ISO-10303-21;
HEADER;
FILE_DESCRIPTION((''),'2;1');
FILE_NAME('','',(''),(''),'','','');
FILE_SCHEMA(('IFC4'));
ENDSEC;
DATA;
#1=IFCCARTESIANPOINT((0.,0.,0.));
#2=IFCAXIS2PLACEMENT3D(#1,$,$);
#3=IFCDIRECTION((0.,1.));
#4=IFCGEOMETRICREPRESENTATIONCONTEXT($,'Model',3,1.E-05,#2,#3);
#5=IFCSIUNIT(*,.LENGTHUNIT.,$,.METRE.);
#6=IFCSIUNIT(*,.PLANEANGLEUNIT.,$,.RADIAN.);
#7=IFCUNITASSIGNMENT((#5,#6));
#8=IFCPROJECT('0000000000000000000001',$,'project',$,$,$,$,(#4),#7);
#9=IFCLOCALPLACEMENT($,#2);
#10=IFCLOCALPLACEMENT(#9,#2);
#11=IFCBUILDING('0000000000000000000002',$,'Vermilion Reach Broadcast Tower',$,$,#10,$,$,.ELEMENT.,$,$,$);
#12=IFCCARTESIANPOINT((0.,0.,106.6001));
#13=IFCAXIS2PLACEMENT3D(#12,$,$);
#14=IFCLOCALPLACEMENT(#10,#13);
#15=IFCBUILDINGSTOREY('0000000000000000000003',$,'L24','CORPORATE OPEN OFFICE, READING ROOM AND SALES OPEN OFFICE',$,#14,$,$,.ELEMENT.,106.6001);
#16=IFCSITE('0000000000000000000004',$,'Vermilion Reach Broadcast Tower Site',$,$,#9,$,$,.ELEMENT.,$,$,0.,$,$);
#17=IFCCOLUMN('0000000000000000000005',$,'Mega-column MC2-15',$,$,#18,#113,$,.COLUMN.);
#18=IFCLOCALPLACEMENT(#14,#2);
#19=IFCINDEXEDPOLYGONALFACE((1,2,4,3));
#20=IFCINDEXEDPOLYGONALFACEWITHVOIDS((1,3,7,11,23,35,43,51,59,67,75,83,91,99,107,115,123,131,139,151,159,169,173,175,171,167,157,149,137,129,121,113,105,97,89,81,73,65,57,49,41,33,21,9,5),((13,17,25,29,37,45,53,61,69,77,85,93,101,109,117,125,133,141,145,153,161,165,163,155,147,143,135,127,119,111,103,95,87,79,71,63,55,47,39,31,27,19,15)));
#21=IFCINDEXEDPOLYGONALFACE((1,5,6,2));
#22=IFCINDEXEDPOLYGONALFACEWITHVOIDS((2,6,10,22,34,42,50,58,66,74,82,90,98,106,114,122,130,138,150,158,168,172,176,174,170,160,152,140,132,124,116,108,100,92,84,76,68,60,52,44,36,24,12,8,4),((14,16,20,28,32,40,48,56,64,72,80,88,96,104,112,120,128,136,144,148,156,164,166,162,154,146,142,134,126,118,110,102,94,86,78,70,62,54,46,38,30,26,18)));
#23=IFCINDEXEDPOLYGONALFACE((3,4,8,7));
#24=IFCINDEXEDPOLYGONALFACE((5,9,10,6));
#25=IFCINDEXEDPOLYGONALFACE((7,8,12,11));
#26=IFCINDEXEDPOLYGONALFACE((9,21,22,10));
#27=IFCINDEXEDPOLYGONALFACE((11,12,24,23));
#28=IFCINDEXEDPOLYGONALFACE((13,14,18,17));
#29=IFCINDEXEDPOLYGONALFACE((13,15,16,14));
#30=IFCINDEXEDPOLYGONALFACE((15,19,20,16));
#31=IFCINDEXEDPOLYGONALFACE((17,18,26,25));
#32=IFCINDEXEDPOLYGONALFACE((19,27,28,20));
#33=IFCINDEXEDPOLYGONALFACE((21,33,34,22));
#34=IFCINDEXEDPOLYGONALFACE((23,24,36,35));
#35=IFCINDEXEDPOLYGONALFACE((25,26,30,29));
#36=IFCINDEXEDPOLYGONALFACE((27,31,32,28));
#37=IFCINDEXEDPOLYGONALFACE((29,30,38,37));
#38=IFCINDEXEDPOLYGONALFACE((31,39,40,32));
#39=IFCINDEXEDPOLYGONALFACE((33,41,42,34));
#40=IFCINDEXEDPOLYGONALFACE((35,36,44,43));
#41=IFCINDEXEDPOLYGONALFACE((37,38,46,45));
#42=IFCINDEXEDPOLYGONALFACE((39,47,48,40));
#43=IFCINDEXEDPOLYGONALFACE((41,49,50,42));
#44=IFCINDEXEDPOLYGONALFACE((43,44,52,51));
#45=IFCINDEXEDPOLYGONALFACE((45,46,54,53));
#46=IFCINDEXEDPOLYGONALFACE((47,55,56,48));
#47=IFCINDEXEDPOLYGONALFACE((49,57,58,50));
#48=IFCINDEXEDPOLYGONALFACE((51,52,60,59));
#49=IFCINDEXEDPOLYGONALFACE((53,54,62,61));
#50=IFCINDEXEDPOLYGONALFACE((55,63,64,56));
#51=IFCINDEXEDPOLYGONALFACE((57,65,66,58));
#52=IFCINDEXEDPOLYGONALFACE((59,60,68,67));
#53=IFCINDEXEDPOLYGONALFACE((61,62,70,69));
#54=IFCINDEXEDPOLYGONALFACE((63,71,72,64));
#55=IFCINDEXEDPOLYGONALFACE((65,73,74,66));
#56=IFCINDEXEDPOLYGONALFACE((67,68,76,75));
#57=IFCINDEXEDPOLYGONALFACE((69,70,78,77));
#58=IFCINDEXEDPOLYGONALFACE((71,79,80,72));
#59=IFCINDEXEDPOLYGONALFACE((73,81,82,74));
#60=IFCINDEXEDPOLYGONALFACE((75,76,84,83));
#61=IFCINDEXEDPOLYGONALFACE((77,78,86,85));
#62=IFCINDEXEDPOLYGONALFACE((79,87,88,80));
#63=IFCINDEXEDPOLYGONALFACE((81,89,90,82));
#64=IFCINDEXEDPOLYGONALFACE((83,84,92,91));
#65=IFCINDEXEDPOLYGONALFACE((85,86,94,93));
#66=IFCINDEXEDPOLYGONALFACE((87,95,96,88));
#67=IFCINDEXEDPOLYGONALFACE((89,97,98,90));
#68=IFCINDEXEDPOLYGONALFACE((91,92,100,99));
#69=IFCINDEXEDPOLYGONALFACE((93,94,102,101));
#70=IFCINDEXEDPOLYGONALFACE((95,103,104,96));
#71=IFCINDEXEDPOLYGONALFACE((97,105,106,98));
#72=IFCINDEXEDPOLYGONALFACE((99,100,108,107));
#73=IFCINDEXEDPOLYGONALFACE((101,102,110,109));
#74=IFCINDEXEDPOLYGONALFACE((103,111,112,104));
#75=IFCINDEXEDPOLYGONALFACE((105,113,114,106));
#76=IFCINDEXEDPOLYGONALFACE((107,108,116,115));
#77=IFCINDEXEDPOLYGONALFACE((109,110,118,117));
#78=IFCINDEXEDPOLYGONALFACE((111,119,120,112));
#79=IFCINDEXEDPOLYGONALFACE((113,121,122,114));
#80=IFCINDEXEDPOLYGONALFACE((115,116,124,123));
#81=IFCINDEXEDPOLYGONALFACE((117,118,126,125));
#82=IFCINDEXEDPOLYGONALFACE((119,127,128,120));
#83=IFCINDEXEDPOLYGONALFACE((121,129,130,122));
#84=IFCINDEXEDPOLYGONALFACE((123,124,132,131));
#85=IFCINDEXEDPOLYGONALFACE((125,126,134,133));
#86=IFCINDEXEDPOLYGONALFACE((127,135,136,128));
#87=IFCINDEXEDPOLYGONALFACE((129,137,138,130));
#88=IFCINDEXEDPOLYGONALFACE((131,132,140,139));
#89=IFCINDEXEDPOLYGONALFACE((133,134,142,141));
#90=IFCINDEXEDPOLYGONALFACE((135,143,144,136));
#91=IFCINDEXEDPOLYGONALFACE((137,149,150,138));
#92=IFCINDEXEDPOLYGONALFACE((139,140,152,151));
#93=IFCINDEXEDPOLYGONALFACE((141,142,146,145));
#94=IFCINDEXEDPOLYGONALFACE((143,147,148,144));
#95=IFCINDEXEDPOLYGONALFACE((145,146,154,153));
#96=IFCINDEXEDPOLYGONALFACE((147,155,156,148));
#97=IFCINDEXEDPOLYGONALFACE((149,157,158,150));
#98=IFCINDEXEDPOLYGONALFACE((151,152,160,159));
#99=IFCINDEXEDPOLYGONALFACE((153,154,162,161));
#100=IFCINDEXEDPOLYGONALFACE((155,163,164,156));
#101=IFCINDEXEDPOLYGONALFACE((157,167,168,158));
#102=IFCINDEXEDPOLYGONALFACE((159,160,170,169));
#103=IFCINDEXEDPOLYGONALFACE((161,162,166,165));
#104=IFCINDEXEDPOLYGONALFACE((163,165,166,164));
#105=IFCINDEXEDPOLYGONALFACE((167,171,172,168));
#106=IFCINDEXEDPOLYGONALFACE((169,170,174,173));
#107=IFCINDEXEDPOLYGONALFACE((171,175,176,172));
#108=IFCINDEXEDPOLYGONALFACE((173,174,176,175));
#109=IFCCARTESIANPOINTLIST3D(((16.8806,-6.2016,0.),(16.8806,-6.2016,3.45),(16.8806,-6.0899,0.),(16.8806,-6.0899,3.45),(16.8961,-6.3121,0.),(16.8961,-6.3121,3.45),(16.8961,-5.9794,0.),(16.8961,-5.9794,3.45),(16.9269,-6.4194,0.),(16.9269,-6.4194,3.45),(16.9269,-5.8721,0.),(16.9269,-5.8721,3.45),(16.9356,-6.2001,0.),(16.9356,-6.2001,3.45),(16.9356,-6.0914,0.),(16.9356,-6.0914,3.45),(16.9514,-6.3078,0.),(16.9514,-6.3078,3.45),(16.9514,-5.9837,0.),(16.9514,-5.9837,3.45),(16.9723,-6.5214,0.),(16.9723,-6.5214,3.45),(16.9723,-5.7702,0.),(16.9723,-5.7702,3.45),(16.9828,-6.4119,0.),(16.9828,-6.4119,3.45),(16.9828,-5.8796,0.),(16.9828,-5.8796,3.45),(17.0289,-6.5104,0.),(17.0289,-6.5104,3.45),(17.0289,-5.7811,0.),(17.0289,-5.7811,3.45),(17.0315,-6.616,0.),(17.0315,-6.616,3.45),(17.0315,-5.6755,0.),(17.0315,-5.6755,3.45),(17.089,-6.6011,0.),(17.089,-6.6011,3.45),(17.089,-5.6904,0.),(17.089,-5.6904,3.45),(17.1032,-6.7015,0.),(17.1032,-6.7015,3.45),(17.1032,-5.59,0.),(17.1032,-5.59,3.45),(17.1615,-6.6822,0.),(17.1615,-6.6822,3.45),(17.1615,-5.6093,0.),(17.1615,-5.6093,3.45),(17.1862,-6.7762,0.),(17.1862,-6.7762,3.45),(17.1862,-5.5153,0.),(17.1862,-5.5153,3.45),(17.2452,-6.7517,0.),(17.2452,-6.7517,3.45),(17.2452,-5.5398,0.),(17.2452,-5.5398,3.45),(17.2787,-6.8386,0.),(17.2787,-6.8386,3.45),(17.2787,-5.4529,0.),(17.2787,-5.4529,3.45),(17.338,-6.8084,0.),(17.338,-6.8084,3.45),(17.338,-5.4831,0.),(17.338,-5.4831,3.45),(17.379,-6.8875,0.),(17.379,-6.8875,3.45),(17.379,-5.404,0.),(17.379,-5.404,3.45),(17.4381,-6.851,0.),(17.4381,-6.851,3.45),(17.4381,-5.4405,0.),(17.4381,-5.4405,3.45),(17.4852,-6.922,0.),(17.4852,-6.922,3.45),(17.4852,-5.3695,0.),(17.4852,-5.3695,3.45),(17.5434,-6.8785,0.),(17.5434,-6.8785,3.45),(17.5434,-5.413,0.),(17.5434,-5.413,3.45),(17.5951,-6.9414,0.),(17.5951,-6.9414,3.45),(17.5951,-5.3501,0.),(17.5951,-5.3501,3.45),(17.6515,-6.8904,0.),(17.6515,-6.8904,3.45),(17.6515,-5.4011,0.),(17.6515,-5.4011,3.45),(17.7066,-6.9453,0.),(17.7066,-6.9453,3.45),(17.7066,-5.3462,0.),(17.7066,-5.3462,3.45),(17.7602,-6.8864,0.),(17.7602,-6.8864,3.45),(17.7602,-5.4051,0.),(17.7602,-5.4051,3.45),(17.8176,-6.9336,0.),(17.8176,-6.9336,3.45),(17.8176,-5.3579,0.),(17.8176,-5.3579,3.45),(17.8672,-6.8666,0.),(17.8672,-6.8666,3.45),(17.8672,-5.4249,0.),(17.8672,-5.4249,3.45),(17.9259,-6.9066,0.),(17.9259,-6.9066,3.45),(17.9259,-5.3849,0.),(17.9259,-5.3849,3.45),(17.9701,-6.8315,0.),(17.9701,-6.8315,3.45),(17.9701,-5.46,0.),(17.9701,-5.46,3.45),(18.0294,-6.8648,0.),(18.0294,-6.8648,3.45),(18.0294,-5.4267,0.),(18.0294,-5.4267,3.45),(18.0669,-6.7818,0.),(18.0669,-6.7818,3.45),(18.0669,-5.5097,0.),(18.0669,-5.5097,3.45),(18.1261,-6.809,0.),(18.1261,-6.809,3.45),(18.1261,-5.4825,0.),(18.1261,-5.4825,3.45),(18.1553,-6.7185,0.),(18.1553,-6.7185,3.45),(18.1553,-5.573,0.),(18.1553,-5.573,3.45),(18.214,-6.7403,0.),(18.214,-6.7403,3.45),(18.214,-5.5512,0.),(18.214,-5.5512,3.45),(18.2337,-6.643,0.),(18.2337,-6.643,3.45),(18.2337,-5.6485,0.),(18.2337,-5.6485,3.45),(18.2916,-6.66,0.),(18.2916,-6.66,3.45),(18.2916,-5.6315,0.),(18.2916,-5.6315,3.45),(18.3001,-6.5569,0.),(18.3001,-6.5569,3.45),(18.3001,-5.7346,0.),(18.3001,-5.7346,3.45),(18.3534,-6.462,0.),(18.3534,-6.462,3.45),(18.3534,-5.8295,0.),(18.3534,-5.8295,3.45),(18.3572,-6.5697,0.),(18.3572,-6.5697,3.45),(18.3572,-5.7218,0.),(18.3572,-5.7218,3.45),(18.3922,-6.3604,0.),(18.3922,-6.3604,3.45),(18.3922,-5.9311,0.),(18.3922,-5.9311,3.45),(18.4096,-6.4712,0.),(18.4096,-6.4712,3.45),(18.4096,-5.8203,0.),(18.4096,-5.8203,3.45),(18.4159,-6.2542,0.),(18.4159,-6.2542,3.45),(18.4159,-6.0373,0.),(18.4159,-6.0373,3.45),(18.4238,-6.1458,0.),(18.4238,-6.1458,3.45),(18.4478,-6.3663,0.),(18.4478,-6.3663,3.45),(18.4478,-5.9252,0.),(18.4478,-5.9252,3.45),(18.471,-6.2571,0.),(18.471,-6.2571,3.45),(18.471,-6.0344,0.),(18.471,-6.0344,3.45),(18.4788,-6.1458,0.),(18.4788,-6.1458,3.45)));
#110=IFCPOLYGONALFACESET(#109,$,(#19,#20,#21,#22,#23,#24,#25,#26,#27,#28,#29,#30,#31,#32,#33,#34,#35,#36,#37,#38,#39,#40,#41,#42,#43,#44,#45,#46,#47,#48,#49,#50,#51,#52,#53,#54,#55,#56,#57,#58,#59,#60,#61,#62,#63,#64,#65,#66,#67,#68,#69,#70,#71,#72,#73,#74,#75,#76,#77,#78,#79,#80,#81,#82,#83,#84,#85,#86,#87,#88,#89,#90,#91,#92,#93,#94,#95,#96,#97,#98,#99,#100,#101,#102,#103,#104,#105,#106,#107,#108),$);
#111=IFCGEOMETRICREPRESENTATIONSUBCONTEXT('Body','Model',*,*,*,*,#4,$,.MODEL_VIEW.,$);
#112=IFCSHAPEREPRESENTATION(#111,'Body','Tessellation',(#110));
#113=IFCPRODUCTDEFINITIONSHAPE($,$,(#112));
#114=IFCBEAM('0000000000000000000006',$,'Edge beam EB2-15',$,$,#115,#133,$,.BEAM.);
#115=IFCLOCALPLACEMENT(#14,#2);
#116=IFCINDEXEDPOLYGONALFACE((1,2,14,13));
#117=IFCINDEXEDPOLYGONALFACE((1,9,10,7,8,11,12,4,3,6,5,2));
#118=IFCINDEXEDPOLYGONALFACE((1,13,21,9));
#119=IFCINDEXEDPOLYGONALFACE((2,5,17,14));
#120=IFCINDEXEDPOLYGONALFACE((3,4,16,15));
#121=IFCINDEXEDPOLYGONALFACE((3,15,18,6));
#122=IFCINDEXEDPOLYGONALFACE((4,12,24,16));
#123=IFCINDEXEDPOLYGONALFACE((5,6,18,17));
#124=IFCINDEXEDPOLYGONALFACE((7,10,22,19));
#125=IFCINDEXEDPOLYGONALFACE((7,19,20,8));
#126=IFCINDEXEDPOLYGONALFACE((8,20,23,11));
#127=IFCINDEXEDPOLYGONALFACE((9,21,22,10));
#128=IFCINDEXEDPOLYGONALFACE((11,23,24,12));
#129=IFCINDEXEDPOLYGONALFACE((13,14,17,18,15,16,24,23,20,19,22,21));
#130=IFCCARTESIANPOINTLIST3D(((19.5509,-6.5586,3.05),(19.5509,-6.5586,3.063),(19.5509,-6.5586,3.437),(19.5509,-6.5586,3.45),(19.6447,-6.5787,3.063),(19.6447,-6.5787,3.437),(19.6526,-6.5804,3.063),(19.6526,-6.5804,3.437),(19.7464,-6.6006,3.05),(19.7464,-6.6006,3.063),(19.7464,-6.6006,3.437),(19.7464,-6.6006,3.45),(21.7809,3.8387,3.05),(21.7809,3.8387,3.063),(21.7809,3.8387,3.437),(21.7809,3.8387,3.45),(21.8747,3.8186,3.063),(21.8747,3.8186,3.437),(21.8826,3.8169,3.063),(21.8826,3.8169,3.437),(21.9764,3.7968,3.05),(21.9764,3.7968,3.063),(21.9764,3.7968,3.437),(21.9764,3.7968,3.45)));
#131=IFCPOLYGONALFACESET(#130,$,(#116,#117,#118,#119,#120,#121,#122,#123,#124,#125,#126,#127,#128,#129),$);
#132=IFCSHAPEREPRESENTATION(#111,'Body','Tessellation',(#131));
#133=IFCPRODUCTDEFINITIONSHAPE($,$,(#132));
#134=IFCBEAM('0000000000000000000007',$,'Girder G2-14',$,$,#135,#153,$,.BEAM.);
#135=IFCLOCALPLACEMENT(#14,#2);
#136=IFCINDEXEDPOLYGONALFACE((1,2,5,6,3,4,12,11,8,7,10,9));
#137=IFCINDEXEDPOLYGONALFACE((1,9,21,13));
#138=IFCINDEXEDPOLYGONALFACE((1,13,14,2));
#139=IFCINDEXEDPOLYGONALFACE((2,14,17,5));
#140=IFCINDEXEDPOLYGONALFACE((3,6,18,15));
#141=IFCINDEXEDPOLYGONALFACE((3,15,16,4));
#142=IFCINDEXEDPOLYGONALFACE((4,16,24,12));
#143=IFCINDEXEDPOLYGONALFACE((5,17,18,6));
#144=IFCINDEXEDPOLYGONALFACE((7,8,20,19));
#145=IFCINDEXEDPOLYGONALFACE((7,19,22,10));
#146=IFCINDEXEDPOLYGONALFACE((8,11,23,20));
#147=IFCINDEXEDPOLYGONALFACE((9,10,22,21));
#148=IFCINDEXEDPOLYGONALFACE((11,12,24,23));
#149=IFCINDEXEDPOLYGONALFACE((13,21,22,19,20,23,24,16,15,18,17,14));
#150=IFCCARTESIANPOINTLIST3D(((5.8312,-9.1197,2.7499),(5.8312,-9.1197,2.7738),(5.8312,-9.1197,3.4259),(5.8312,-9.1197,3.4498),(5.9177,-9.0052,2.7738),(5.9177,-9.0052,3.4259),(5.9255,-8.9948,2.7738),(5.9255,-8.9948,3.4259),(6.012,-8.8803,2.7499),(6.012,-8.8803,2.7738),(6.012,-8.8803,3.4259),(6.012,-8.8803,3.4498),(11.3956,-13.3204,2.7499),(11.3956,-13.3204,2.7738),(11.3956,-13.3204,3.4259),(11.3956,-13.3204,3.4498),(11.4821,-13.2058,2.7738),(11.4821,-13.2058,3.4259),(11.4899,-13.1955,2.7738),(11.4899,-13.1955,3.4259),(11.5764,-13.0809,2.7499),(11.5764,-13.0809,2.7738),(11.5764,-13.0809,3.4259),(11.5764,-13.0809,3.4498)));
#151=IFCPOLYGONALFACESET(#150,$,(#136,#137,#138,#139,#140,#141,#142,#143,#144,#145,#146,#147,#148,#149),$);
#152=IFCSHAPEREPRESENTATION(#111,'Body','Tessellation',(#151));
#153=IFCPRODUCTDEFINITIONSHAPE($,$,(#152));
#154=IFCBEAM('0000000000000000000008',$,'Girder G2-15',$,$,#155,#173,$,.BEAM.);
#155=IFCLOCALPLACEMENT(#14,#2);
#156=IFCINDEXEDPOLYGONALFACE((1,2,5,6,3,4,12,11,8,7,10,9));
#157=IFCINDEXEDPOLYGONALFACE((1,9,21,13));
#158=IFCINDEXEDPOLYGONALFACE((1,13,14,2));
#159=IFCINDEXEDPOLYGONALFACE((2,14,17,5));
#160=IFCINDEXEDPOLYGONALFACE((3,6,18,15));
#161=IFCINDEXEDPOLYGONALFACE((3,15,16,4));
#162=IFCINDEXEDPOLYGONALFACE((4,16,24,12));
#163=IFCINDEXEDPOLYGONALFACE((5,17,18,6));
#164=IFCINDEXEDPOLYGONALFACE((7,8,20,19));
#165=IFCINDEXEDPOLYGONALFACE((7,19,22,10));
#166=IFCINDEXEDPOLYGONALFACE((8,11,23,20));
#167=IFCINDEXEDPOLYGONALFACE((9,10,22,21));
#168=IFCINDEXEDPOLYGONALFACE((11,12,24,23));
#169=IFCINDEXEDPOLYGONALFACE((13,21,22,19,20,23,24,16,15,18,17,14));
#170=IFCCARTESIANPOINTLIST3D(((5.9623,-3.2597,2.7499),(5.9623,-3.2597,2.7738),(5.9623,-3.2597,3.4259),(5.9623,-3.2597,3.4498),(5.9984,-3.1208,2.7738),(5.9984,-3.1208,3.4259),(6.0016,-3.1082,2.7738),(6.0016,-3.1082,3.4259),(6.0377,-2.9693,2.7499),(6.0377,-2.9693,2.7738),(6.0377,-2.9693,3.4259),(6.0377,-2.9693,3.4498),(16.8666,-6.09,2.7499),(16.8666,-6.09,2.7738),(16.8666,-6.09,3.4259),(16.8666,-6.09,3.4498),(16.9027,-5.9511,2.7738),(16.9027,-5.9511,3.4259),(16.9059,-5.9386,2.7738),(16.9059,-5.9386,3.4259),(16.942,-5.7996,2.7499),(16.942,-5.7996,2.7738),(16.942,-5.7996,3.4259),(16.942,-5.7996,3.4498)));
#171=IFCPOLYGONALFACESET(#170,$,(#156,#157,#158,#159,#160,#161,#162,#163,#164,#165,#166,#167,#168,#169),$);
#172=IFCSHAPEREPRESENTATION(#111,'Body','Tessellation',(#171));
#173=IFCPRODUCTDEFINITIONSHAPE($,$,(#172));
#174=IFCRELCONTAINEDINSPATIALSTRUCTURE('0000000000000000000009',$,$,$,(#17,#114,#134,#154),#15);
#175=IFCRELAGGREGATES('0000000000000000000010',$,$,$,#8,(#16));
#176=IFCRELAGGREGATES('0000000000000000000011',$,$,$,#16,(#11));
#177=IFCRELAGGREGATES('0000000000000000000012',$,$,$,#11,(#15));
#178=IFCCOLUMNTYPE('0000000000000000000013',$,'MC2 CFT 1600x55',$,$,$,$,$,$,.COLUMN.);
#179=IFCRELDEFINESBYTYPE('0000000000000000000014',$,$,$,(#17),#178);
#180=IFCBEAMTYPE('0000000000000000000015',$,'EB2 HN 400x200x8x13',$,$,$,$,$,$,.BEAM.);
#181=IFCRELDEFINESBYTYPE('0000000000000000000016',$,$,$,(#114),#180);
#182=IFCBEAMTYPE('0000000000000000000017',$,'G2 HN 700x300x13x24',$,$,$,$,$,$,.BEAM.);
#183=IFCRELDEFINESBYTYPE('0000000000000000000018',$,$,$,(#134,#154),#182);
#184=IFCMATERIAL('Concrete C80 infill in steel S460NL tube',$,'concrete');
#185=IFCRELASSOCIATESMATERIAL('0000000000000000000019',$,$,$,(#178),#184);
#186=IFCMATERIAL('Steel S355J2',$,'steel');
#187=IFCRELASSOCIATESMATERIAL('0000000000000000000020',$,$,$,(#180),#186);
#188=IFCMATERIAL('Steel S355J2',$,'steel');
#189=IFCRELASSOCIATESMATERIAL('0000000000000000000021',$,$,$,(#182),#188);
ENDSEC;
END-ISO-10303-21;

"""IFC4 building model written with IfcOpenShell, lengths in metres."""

from ifc_helpers import new_model, si_unit, direction, frame, origin, origin_2d, place, context, subcontext, project, spatial, hollow_circle, i_section, extrude, material, material_profile, profile_set, type_object, element, save


model = new_model("IFC4")

# Units and contexts
model_context = context("Model", 3, precision=1e-05, world=origin(), true_north=direction((0.0, 1.0)))
body_context = subcontext(model_context, "Body", "Model", "MODEL_VIEW")
ifc_project = project(units=[si_unit("LENGTHUNIT", "METRE"), si_unit("PLANEANGLEUNIT", "RADIAN")], contexts=[model_context])

# Site, building, storey
site_placement = place(None, origin())
site = spatial("IfcSite", under=ifc_project, at=site_placement, Name="Vermilion Reach Broadcast Tower Site", CompositionType="ELEMENT", RefElevation=0.0)
building_placement = place(site_placement, origin())
building = spatial("IfcBuilding", under=site, at=building_placement, Name="Vermilion Reach Broadcast Tower", CompositionType="ELEMENT")
storey_placement = place(building_placement, frame((0.0, 0.0, 106.6001)))
storey = spatial("IfcBuildingStorey", under=building, at=storey_placement, Name="L24", Description="CORPORATE OPEN OFFICE, READING ROOM AND SALES OPEN OFFICE", CompositionType="ELEMENT", Elevation=106.6001)

# Column
ifc_material_1 = material(Name="Concrete C80 infill in steel S460NL tube", Category="concrete")
ifc_material_profile_1 = material_profile(ifc_material_1, hollow_circle(Radius=0.8, WallThickness=0.0549, at=origin_2d()), Name="Concrete C80 infill in steel S460NL tube CFT 1600x55")
ifc_profile_set_1 = profile_set([ifc_material_profile_1], Name="Concrete C80 infill in steel S460NL tube")
column_type = type_object("IfcColumnType", Name="MC2 CFT 1600x55", PredefinedType="COLUMN", material=ifc_profile_set_1)
column_placement = place(storey_placement, frame((17.6787, -6.1458, 0.0), z_axis=(0.0, 0.0, 1.0), x_axis=(1.0, 0.0, 0.0)))
element("IfcColumn", 1, at=column_placement, inside=storey, type_object=column_type, Name="Mega-column MC2-15", PredefinedType="COLUMN", context=body_context, shape_type="SweptSolid", body=[
    extrude(hollow_circle(Radius=0.8, WallThickness=0.0549, at=origin_2d()), origin(), (0.0, 0.0, 1.0), 3.45),
])

# Beams
ifc_material_2 = material(Name="Steel S355J2", Category="steel")
ifc_material_profile_2 = material_profile(ifc_material_2, i_section(OverallWidth=0.2, OverallDepth=0.3999, WebThickness=0.0081, FlangeThickness=0.0129, at=origin_2d()), Name="S355J2 HN 400x200x8x13")
ifc_profile_set_2 = profile_set([ifc_material_profile_2], Name="Steel S355J2")
beam_type_1 = type_object("IfcBeamType", Name="EB2 HN 400x200x8x13", PredefinedType="BEAM", material=ifc_profile_set_2)
beam_1_placement = place(storey_placement, frame((19.6487, -6.5796, 3.25), z_axis=(0.209709, 0.977764, 0.0), x_axis=(-0.977764, 0.209709, 0.0)))
element("IfcBeam", 2, at=beam_1_placement, inside=storey, type_object=beam_type_1, Name="Edge beam EB2-15", PredefinedType="BEAM", context=body_context, shape_type="SweptSolid", body=[
    extrude(i_section(OverallWidth=0.2, OverallDepth=0.3999, WebThickness=0.0081, FlangeThickness=0.0129, at=origin_2d()), origin(), (0.0, 0.0, 1.0), 10.6338),
])
ifc_material_3 = material(Name="Steel S355J2", Category="steel")
ifc_material_profile_3 = material_profile(ifc_material_3, i_section(OverallWidth=0.3, OverallDepth=0.7, WebThickness=0.0129, FlangeThickness=0.0239, at=origin_2d()), Name="S355J2 HN 700x300x13x24")
ifc_profile_set_3 = profile_set([ifc_material_profile_3], Name="Steel S355J2")
beam_type_2 = type_object("IfcBeamType", Name="G2 HN 700x300x13x24", PredefinedType="BEAM", material=ifc_profile_set_3)
beam_2_placement = place(storey_placement, frame((5.9216, -9.0, 3.0999), z_axis=(0.798114, -0.602507, 0.0), x_axis=(0.602507, 0.798114, 0.0)))
element("IfcBeam", 3, at=beam_2_placement, inside=storey, type_object=beam_type_2, Name="Girder G2-14", PredefinedType="BEAM", context=body_context, shape_type="SweptSolid", body=[
    extrude(i_section(OverallWidth=0.3, OverallDepth=0.7, WebThickness=0.0129, FlangeThickness=0.0239, at=origin_2d()), origin(), (0.0, 0.0, 1.0), 6.9719),
])
beam_3_placement = place(storey_placement, frame((6.0, -3.1145, 3.0999), z_axis=(0.967926, -0.251235, 0.0), x_axis=(0.251235, 0.967926, 0.0)))
element("IfcBeam", 4, at=beam_3_placement, inside=storey, type_object=beam_type_2, Name="Girder G2-15", PredefinedType="BEAM", context=body_context, shape_type="SweptSolid", body=[
    extrude(i_section(OverallWidth=0.3, OverallDepth=0.7, WebThickness=0.0129, FlangeThickness=0.0239, at=origin_2d()), origin(), (0.0, 0.0, 1.0), 11.2656),
])

save(model, "model.ifc")
